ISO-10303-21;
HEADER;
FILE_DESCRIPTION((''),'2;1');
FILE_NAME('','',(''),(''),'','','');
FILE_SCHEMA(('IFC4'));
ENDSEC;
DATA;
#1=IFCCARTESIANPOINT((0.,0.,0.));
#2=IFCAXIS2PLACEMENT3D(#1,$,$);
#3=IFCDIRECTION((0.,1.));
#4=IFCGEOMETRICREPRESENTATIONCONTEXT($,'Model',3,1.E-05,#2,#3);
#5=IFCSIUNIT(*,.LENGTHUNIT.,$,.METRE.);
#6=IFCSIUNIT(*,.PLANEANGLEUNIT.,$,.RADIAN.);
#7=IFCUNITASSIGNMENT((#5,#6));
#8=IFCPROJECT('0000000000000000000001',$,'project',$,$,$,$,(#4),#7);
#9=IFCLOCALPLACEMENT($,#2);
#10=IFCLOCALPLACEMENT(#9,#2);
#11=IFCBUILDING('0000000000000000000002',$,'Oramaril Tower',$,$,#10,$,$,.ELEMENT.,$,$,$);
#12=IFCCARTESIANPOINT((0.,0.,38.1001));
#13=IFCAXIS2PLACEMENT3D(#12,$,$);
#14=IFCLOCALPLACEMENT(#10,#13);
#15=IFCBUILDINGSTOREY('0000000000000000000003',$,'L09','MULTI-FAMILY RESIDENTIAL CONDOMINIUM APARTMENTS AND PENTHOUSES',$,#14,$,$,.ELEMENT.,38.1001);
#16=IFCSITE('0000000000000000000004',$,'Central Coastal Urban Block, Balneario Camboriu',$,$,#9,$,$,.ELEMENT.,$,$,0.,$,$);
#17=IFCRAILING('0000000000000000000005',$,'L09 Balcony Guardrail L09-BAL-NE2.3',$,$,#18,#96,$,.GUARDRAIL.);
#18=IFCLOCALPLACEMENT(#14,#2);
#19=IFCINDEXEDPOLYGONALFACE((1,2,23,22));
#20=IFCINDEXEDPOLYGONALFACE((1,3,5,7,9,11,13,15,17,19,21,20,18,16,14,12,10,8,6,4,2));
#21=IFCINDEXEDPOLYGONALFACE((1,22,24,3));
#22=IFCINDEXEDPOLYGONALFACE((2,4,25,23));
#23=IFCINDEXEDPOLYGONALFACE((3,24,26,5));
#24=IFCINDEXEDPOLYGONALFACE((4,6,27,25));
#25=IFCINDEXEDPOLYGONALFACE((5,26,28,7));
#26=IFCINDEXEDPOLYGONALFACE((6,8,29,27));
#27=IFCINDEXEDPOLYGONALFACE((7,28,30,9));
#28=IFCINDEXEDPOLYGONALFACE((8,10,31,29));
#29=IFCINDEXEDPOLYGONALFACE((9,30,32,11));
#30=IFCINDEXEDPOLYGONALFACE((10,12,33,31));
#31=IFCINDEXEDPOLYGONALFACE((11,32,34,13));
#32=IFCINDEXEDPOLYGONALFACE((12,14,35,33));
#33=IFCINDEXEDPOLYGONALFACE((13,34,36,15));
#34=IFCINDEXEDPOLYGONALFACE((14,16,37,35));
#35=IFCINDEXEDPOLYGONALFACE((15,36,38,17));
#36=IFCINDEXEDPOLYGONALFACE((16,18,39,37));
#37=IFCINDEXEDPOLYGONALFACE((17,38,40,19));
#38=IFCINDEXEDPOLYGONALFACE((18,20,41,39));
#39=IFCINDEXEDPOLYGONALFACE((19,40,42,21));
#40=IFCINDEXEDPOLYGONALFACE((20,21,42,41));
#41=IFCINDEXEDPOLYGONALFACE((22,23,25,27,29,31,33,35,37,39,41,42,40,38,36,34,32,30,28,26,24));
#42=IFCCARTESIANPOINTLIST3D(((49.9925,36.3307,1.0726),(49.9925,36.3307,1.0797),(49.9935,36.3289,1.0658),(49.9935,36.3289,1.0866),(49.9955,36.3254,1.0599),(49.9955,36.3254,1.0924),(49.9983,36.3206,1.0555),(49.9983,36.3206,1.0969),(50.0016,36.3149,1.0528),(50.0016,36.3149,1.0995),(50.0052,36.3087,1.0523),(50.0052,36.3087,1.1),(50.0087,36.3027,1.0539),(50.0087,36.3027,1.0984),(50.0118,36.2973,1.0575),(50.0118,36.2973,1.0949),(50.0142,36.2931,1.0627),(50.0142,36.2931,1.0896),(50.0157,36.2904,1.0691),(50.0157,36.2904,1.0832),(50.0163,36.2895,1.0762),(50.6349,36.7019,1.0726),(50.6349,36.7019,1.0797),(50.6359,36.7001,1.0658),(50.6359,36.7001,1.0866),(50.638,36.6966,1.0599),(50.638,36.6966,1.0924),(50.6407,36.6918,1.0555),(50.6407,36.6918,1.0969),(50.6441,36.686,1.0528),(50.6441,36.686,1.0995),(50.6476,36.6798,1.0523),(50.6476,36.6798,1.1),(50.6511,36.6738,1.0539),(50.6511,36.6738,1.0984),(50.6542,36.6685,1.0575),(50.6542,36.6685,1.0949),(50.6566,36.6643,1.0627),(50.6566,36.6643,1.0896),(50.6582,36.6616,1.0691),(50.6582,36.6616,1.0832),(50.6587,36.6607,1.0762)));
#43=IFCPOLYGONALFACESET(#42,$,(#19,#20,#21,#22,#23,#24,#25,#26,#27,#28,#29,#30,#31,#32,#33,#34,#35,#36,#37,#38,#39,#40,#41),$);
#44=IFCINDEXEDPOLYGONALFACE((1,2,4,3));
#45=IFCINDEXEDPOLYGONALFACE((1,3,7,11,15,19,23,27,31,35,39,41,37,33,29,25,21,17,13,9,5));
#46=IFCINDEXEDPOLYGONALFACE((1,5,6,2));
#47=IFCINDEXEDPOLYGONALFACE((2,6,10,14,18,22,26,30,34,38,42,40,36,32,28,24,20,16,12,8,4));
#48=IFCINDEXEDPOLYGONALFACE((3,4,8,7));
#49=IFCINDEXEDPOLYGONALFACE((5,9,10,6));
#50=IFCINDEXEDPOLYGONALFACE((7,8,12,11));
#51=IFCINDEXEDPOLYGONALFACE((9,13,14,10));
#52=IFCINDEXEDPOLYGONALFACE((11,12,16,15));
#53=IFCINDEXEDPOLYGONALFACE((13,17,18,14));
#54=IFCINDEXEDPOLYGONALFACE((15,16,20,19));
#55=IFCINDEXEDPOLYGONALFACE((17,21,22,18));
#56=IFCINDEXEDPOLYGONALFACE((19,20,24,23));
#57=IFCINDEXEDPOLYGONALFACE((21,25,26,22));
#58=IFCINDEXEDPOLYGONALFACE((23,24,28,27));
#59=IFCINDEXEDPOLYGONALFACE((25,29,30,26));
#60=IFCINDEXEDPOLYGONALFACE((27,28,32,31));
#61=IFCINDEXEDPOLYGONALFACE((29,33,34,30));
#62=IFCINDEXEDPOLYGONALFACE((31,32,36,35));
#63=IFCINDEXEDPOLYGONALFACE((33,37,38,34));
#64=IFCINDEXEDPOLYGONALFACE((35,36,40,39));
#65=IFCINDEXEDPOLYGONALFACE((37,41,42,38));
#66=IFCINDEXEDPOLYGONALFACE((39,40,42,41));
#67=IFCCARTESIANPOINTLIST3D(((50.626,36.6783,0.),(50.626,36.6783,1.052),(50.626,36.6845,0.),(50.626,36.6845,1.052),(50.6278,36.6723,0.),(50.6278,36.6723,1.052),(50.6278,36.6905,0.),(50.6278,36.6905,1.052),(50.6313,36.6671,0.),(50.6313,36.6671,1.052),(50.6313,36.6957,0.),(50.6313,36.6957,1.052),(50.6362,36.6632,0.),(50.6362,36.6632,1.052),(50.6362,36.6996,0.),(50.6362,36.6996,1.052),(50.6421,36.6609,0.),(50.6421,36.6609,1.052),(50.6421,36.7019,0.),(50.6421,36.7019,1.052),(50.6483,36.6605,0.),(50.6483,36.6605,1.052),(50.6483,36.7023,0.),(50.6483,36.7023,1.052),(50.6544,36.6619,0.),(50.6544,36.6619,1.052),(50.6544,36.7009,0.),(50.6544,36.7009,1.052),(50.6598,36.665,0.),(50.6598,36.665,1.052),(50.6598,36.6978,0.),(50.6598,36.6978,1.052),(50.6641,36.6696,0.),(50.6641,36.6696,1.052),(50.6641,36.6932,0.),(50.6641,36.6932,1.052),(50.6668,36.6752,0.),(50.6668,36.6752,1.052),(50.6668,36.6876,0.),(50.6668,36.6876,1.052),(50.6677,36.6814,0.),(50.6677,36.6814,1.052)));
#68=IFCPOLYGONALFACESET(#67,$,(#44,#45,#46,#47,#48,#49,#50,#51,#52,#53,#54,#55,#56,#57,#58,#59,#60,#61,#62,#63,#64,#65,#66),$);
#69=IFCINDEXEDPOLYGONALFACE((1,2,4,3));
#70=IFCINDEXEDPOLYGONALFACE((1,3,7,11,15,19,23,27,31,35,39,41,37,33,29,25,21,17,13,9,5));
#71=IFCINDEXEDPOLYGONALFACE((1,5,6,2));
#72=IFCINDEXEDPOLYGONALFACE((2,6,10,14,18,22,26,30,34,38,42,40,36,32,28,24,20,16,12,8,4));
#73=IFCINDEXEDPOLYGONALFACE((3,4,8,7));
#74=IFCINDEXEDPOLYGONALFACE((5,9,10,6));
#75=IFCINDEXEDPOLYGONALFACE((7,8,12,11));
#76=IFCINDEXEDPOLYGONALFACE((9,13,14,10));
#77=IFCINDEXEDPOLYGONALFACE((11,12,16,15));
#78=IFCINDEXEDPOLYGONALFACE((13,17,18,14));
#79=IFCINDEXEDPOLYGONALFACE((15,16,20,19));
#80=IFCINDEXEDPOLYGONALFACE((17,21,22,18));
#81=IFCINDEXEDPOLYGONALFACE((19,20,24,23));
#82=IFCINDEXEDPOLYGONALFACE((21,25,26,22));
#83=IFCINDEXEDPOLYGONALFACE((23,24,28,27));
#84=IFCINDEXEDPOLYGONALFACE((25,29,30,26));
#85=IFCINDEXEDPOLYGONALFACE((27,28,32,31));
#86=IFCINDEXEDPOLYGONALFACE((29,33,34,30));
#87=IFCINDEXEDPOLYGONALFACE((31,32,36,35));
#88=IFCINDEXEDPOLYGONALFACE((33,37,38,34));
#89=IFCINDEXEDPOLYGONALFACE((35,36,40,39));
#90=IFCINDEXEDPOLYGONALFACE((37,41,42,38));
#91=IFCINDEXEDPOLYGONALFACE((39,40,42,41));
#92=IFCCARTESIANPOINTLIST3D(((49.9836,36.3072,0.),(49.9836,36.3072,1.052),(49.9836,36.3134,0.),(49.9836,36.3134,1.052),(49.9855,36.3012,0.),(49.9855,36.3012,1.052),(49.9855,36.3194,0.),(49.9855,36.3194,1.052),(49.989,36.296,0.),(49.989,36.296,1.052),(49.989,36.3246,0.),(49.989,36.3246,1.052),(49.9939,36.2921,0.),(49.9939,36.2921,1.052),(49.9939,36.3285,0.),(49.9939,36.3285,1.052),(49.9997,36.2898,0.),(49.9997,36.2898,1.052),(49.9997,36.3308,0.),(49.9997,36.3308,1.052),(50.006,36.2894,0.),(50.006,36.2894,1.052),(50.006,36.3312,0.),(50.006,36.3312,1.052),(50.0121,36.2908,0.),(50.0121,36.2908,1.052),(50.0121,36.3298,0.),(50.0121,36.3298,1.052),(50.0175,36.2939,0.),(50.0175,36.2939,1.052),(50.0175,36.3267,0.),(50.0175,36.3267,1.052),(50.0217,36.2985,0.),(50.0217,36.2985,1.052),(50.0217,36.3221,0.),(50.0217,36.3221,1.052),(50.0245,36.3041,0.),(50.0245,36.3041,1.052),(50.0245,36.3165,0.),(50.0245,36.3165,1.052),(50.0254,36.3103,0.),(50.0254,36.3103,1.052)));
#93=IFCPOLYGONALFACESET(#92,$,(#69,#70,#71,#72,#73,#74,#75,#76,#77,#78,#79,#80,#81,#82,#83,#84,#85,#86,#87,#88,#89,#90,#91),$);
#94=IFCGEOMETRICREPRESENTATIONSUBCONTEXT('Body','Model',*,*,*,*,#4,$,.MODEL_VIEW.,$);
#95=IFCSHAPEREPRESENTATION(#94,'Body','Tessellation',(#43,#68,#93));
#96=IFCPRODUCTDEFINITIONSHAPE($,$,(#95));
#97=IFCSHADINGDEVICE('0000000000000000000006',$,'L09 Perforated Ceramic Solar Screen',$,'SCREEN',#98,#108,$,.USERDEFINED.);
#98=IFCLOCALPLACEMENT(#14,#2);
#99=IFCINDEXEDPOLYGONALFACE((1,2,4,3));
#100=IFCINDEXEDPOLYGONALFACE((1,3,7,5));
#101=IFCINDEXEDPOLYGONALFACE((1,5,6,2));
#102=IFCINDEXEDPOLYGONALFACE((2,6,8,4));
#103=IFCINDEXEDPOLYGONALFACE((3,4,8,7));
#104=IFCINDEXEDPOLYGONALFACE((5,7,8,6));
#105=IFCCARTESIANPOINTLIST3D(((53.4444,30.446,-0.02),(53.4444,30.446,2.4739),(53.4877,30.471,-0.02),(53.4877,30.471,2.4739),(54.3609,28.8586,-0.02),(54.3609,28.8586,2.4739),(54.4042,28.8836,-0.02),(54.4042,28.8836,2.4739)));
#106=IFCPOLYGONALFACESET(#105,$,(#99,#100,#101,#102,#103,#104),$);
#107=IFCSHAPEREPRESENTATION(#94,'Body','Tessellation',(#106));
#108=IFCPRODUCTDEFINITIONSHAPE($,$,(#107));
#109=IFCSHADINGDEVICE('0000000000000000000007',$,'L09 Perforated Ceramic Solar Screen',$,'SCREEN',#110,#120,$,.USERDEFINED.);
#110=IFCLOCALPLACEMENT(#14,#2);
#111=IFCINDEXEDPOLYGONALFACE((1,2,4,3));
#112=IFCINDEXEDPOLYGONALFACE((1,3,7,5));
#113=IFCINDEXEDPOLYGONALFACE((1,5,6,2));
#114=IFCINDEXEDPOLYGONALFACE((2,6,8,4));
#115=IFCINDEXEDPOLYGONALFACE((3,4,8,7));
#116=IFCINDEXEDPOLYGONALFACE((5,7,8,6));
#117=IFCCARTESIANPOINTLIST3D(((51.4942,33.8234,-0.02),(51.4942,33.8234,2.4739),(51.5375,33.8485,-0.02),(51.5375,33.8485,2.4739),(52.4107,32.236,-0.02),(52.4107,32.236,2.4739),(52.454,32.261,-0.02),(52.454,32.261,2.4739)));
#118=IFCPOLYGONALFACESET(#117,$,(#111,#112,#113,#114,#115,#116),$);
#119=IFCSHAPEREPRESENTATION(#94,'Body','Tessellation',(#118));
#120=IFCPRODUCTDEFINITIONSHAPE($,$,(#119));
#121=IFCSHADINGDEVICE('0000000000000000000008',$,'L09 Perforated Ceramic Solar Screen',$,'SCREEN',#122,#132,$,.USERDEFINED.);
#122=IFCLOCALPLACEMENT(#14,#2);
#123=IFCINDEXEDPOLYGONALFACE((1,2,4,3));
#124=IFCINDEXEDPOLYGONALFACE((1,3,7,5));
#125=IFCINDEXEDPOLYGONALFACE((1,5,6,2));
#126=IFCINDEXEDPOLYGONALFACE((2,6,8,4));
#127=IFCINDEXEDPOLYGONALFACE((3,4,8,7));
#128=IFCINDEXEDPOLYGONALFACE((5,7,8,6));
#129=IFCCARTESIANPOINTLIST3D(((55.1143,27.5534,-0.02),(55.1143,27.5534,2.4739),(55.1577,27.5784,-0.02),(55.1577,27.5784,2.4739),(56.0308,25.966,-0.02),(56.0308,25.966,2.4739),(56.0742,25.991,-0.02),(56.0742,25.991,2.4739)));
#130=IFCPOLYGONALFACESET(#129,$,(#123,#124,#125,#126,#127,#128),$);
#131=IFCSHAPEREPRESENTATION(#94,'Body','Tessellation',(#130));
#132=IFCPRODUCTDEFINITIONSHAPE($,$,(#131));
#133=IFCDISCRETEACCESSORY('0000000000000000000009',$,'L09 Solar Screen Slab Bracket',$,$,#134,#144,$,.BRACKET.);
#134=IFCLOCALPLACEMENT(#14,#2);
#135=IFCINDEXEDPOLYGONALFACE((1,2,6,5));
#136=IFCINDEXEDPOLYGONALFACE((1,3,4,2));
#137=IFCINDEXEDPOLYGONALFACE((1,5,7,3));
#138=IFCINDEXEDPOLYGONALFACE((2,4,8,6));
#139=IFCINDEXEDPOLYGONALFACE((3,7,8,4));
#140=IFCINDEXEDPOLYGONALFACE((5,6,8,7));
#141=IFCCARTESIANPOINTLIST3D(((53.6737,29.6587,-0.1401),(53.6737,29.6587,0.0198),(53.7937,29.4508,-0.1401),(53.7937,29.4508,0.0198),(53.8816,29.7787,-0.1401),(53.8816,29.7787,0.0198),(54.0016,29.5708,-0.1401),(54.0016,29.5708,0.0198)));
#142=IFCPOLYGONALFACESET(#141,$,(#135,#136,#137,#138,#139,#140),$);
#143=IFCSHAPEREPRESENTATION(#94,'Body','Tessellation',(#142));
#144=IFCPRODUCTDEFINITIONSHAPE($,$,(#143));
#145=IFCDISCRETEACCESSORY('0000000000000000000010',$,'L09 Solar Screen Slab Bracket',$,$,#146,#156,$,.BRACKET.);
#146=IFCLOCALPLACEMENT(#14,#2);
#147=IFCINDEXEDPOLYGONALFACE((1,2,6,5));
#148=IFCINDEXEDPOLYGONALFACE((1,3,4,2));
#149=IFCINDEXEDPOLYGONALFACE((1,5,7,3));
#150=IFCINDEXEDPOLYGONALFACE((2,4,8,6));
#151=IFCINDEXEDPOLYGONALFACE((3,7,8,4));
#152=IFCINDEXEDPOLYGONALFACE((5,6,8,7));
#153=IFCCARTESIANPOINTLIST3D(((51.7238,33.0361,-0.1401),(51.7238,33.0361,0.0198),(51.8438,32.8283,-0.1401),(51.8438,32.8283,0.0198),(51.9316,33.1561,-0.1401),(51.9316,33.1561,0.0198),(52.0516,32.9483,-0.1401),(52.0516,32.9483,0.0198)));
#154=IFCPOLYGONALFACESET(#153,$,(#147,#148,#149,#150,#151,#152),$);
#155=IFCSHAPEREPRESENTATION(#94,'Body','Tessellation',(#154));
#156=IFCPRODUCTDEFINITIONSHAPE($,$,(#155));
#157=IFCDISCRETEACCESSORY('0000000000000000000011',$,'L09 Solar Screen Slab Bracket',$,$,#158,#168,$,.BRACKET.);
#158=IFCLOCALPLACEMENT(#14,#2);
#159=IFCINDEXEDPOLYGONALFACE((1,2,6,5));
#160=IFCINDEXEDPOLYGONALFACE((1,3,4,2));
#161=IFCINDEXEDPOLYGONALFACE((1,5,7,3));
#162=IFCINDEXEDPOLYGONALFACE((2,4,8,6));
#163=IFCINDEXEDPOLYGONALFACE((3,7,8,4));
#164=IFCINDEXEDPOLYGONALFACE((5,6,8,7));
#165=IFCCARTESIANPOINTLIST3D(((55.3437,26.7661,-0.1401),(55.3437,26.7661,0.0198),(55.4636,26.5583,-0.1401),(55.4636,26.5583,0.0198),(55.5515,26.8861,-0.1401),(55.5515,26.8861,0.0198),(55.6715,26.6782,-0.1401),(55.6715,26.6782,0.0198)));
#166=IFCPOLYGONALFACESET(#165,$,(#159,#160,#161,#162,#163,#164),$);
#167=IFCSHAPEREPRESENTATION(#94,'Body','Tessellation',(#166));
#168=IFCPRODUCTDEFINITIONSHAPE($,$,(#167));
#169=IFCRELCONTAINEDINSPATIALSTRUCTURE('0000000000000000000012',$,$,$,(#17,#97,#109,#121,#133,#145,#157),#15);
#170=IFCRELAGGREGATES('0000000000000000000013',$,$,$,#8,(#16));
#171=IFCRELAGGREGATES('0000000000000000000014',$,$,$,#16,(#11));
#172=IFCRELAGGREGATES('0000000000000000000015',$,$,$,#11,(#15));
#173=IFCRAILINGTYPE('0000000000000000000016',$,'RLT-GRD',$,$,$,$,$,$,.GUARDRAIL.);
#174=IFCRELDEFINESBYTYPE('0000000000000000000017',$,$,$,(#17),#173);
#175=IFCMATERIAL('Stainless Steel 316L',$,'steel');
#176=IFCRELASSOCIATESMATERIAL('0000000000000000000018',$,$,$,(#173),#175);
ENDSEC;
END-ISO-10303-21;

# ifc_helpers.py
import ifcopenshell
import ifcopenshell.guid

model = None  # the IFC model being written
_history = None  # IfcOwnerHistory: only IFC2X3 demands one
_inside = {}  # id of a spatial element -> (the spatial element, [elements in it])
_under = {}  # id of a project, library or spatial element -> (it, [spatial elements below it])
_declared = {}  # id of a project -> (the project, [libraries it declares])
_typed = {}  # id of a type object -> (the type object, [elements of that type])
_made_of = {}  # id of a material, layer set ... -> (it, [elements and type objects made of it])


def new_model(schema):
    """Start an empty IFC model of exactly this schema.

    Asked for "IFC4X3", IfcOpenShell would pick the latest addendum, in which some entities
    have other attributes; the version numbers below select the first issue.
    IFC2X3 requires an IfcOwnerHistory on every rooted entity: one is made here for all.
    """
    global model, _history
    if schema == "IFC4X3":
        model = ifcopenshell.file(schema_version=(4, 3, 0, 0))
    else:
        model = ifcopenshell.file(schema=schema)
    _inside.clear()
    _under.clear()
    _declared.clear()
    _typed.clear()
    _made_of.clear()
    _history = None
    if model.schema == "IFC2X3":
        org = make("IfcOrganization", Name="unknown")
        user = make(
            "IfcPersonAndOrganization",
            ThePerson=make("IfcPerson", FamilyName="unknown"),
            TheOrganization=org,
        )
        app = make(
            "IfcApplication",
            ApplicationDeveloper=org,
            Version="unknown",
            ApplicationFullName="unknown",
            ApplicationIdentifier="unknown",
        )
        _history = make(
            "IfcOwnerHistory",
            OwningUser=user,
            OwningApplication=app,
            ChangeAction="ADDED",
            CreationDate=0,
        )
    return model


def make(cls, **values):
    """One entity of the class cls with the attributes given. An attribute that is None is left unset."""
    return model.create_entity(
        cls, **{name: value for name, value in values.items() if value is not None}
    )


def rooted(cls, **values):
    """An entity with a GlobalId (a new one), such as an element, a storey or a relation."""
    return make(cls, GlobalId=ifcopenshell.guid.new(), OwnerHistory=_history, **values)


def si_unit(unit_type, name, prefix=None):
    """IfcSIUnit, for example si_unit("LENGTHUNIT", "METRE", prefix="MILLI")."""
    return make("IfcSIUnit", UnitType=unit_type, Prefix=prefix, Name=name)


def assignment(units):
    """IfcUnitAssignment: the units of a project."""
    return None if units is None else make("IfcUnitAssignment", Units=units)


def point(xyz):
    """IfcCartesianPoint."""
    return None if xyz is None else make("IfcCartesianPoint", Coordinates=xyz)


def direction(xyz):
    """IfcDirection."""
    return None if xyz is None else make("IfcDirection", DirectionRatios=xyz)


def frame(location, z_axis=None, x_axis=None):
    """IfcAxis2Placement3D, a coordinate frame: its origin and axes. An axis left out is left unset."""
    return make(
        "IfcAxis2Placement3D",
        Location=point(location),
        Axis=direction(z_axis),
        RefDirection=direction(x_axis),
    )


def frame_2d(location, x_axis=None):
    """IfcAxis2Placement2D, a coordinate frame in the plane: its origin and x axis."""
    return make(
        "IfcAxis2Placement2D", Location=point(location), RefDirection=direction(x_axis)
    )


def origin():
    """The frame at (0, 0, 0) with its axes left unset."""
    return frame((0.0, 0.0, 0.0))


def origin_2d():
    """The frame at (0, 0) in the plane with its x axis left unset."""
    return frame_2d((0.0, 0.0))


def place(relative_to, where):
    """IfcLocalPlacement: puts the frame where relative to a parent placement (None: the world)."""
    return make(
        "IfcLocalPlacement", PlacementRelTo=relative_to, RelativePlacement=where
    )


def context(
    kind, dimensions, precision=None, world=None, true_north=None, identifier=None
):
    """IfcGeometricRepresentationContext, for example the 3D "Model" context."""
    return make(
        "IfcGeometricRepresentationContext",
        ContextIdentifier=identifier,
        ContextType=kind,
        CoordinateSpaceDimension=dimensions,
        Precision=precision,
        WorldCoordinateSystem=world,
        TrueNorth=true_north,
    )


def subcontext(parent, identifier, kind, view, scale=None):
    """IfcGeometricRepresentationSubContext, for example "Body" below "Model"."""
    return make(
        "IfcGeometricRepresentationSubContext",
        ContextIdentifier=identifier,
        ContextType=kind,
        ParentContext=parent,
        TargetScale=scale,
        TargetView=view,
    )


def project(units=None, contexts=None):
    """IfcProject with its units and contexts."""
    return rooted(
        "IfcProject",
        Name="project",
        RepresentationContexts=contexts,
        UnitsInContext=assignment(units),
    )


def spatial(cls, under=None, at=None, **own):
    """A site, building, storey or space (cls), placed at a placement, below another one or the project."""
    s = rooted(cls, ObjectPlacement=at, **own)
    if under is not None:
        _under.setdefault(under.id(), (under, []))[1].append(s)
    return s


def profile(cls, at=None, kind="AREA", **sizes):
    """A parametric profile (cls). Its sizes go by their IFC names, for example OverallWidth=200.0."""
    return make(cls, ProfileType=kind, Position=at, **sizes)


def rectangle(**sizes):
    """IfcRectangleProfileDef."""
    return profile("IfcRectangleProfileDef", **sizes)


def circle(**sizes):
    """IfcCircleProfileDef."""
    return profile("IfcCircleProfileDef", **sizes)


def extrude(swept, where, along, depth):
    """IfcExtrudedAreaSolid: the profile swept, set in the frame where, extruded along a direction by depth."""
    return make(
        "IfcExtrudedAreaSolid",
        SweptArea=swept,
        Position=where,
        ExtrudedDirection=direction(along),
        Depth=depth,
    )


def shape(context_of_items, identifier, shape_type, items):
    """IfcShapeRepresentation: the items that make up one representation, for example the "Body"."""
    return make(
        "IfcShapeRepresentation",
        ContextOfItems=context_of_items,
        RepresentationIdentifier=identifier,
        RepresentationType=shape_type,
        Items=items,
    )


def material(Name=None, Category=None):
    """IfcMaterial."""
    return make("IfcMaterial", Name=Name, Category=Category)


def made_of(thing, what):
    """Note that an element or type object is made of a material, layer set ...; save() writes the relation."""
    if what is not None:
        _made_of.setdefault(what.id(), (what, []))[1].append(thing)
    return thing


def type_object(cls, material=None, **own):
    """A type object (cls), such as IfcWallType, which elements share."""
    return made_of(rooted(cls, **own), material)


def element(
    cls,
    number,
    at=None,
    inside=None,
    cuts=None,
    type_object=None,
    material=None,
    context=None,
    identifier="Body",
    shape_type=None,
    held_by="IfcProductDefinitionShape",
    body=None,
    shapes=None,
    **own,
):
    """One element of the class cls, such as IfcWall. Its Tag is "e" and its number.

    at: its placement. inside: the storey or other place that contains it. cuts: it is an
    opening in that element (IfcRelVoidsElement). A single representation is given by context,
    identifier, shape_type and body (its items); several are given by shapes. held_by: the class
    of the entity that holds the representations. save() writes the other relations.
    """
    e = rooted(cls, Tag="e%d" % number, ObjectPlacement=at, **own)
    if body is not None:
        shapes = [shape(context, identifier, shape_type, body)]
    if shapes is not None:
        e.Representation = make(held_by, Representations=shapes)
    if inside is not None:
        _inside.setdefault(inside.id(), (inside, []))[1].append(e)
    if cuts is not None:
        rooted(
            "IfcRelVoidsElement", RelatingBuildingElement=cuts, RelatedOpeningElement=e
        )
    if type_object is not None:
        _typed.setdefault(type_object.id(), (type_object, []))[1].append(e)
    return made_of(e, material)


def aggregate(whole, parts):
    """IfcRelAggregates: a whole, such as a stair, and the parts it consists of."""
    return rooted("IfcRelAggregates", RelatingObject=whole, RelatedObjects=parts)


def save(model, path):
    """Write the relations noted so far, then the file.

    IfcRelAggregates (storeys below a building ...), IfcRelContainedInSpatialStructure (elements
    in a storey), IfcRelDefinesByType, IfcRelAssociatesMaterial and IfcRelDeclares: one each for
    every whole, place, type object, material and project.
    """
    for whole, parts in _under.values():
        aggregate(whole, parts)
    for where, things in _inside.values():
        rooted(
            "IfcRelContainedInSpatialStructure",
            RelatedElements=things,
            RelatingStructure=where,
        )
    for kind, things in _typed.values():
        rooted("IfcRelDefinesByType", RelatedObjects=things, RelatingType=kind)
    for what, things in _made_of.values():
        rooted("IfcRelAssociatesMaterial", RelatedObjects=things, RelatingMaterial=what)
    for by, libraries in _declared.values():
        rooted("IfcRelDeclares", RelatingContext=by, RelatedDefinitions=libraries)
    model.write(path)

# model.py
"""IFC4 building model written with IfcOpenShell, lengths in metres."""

from ifc_helpers import new_model, si_unit, direction, frame, origin, origin_2d, place, context, subcontext, project, spatial, rectangle, circle, extrude, material, type_object, element, save


model = new_model("IFC4")

# Units and contexts
model_context = context("Model", 3, precision=1e-05, world=origin(), true_north=direction((0.0, 1.0)))
body_context = subcontext(model_context, "Body", "Model", "MODEL_VIEW")
ifc_project = project(units=[si_unit("LENGTHUNIT", "METRE"), si_unit("PLANEANGLEUNIT", "RADIAN")], contexts=[model_context])

# Site, building, storey
site_placement = place(None, origin())
site = spatial("IfcSite", under=ifc_project, at=site_placement, Name="Central Coastal Urban Block, Balneario Camboriu", CompositionType="ELEMENT", RefElevation=0.0)
building_placement = place(site_placement, origin())
building = spatial("IfcBuilding", under=site, at=building_placement, Name="Oramaril Tower", CompositionType="ELEMENT")
storey_placement = place(building_placement, frame((0.0, 0.0, 38.1001)))
storey = spatial("IfcBuildingStorey", under=building, at=storey_placement, Name="L09", Description="MULTI-FAMILY RESIDENTIAL CONDOMINIUM APARTMENTS AND PENTHOUSES", CompositionType="ELEMENT", Elevation=38.1001)

# Railing
ifc_material_1 = material(Name="Stainless Steel 316L", Category="steel")
railing_type = type_object("IfcRailingType", Name="RLT-GRD", PredefinedType="GUARDRAIL", material=ifc_material_1)
railing_1_placement = place(storey_placement, frame((50.6467, 36.6814, 0.0)))
element("IfcRailing", 1, at=railing_1_placement, inside=storey, type_object=railing_type, Name="L09 Balcony Guardrail L09-BAL-NE2.3", PredefinedType="GUARDRAIL", context=body_context, shape_type="SweptSolid", body=[
    extrude(circle(Radius=0.0239, at=origin_2d()), frame((0.0, 0.0, 1.0762), z_axis=(-0.865884, -0.500245, 0.0), x_axis=(0.500245, -0.865884, 0.0)), (0.0, 0.0, 1.0), 0.7419),
    extrude(circle(Radius=0.021, at=origin_2d()), origin(), (0.0, 0.0, 1.0), 1.052),
    extrude(circle(Radius=0.021, at=origin_2d()), frame((-0.6423, -0.3711, 0.0)), (0.0, 0.0, 1.0), 1.052),
])

# Shading devices
for number, where, z_axis, x_axis, name in (
    (2, (53.9243, 29.6648, -0.02), (0.0, 0.0, 1.0), (-0.499998, 0.866026, 0.0), "L09 Perforated Ceramic Solar Screen"),
    (3, (51.9741, 33.0422, -0.02), (0.0, 0.0, 1.0), (-0.499998, 0.866026, 0.0), "L09 Perforated Ceramic Solar Screen"),
    (4, (55.5942, 26.7722, -0.02), (0.0, 0.0, 1.0), (-0.499998, 0.866026, 0.0), "L09 Perforated Ceramic Solar Screen"),
):
    element("IfcShadingDevice", number, at=place(storey_placement, frame(where, z_axis=z_axis, x_axis=x_axis)), inside=storey, Name=name, ObjectType="SCREEN", PredefinedType="USERDEFINED", context=body_context, shape_type="SweptSolid", body=[
        extrude(rectangle(XDim=1.833, YDim=0.05, at=origin_2d()), origin(), (0.0, 0.0, 1.0), 2.4939),
    ])

# Discrete accessories
for number, where, z_axis, x_axis, name in (
    (5, (53.8376, 29.6147, -0.1401), (0.0, 0.0, 1.0), (-0.499998, 0.866026, 0.0), "L09 Solar Screen Slab Bracket"),
    (6, (51.8877, 32.9922, -0.1401), (0.0, 0.0, 1.0), (-0.499998, 0.866026, 0.0), "L09 Solar Screen Slab Bracket"),
    (7, (55.5076, 26.7222, -0.1401), (0.0, 0.0, 1.0), (-0.499998, 0.866026, 0.0), "L09 Solar Screen Slab Bracket"),
):
    element("IfcDiscreteAccessory", number, at=place(storey_placement, frame(where, z_axis=z_axis, x_axis=x_axis)), inside=storey, Name=name, PredefinedType="BRACKET", context=body_context, shape_type="SweptSolid", body=[
        extrude(rectangle(XDim=0.24, YDim=0.24, at=origin_2d()), origin(), (0.0, 0.0, 1.0), 0.1599),
    ])

save(model, "model.ifc")
